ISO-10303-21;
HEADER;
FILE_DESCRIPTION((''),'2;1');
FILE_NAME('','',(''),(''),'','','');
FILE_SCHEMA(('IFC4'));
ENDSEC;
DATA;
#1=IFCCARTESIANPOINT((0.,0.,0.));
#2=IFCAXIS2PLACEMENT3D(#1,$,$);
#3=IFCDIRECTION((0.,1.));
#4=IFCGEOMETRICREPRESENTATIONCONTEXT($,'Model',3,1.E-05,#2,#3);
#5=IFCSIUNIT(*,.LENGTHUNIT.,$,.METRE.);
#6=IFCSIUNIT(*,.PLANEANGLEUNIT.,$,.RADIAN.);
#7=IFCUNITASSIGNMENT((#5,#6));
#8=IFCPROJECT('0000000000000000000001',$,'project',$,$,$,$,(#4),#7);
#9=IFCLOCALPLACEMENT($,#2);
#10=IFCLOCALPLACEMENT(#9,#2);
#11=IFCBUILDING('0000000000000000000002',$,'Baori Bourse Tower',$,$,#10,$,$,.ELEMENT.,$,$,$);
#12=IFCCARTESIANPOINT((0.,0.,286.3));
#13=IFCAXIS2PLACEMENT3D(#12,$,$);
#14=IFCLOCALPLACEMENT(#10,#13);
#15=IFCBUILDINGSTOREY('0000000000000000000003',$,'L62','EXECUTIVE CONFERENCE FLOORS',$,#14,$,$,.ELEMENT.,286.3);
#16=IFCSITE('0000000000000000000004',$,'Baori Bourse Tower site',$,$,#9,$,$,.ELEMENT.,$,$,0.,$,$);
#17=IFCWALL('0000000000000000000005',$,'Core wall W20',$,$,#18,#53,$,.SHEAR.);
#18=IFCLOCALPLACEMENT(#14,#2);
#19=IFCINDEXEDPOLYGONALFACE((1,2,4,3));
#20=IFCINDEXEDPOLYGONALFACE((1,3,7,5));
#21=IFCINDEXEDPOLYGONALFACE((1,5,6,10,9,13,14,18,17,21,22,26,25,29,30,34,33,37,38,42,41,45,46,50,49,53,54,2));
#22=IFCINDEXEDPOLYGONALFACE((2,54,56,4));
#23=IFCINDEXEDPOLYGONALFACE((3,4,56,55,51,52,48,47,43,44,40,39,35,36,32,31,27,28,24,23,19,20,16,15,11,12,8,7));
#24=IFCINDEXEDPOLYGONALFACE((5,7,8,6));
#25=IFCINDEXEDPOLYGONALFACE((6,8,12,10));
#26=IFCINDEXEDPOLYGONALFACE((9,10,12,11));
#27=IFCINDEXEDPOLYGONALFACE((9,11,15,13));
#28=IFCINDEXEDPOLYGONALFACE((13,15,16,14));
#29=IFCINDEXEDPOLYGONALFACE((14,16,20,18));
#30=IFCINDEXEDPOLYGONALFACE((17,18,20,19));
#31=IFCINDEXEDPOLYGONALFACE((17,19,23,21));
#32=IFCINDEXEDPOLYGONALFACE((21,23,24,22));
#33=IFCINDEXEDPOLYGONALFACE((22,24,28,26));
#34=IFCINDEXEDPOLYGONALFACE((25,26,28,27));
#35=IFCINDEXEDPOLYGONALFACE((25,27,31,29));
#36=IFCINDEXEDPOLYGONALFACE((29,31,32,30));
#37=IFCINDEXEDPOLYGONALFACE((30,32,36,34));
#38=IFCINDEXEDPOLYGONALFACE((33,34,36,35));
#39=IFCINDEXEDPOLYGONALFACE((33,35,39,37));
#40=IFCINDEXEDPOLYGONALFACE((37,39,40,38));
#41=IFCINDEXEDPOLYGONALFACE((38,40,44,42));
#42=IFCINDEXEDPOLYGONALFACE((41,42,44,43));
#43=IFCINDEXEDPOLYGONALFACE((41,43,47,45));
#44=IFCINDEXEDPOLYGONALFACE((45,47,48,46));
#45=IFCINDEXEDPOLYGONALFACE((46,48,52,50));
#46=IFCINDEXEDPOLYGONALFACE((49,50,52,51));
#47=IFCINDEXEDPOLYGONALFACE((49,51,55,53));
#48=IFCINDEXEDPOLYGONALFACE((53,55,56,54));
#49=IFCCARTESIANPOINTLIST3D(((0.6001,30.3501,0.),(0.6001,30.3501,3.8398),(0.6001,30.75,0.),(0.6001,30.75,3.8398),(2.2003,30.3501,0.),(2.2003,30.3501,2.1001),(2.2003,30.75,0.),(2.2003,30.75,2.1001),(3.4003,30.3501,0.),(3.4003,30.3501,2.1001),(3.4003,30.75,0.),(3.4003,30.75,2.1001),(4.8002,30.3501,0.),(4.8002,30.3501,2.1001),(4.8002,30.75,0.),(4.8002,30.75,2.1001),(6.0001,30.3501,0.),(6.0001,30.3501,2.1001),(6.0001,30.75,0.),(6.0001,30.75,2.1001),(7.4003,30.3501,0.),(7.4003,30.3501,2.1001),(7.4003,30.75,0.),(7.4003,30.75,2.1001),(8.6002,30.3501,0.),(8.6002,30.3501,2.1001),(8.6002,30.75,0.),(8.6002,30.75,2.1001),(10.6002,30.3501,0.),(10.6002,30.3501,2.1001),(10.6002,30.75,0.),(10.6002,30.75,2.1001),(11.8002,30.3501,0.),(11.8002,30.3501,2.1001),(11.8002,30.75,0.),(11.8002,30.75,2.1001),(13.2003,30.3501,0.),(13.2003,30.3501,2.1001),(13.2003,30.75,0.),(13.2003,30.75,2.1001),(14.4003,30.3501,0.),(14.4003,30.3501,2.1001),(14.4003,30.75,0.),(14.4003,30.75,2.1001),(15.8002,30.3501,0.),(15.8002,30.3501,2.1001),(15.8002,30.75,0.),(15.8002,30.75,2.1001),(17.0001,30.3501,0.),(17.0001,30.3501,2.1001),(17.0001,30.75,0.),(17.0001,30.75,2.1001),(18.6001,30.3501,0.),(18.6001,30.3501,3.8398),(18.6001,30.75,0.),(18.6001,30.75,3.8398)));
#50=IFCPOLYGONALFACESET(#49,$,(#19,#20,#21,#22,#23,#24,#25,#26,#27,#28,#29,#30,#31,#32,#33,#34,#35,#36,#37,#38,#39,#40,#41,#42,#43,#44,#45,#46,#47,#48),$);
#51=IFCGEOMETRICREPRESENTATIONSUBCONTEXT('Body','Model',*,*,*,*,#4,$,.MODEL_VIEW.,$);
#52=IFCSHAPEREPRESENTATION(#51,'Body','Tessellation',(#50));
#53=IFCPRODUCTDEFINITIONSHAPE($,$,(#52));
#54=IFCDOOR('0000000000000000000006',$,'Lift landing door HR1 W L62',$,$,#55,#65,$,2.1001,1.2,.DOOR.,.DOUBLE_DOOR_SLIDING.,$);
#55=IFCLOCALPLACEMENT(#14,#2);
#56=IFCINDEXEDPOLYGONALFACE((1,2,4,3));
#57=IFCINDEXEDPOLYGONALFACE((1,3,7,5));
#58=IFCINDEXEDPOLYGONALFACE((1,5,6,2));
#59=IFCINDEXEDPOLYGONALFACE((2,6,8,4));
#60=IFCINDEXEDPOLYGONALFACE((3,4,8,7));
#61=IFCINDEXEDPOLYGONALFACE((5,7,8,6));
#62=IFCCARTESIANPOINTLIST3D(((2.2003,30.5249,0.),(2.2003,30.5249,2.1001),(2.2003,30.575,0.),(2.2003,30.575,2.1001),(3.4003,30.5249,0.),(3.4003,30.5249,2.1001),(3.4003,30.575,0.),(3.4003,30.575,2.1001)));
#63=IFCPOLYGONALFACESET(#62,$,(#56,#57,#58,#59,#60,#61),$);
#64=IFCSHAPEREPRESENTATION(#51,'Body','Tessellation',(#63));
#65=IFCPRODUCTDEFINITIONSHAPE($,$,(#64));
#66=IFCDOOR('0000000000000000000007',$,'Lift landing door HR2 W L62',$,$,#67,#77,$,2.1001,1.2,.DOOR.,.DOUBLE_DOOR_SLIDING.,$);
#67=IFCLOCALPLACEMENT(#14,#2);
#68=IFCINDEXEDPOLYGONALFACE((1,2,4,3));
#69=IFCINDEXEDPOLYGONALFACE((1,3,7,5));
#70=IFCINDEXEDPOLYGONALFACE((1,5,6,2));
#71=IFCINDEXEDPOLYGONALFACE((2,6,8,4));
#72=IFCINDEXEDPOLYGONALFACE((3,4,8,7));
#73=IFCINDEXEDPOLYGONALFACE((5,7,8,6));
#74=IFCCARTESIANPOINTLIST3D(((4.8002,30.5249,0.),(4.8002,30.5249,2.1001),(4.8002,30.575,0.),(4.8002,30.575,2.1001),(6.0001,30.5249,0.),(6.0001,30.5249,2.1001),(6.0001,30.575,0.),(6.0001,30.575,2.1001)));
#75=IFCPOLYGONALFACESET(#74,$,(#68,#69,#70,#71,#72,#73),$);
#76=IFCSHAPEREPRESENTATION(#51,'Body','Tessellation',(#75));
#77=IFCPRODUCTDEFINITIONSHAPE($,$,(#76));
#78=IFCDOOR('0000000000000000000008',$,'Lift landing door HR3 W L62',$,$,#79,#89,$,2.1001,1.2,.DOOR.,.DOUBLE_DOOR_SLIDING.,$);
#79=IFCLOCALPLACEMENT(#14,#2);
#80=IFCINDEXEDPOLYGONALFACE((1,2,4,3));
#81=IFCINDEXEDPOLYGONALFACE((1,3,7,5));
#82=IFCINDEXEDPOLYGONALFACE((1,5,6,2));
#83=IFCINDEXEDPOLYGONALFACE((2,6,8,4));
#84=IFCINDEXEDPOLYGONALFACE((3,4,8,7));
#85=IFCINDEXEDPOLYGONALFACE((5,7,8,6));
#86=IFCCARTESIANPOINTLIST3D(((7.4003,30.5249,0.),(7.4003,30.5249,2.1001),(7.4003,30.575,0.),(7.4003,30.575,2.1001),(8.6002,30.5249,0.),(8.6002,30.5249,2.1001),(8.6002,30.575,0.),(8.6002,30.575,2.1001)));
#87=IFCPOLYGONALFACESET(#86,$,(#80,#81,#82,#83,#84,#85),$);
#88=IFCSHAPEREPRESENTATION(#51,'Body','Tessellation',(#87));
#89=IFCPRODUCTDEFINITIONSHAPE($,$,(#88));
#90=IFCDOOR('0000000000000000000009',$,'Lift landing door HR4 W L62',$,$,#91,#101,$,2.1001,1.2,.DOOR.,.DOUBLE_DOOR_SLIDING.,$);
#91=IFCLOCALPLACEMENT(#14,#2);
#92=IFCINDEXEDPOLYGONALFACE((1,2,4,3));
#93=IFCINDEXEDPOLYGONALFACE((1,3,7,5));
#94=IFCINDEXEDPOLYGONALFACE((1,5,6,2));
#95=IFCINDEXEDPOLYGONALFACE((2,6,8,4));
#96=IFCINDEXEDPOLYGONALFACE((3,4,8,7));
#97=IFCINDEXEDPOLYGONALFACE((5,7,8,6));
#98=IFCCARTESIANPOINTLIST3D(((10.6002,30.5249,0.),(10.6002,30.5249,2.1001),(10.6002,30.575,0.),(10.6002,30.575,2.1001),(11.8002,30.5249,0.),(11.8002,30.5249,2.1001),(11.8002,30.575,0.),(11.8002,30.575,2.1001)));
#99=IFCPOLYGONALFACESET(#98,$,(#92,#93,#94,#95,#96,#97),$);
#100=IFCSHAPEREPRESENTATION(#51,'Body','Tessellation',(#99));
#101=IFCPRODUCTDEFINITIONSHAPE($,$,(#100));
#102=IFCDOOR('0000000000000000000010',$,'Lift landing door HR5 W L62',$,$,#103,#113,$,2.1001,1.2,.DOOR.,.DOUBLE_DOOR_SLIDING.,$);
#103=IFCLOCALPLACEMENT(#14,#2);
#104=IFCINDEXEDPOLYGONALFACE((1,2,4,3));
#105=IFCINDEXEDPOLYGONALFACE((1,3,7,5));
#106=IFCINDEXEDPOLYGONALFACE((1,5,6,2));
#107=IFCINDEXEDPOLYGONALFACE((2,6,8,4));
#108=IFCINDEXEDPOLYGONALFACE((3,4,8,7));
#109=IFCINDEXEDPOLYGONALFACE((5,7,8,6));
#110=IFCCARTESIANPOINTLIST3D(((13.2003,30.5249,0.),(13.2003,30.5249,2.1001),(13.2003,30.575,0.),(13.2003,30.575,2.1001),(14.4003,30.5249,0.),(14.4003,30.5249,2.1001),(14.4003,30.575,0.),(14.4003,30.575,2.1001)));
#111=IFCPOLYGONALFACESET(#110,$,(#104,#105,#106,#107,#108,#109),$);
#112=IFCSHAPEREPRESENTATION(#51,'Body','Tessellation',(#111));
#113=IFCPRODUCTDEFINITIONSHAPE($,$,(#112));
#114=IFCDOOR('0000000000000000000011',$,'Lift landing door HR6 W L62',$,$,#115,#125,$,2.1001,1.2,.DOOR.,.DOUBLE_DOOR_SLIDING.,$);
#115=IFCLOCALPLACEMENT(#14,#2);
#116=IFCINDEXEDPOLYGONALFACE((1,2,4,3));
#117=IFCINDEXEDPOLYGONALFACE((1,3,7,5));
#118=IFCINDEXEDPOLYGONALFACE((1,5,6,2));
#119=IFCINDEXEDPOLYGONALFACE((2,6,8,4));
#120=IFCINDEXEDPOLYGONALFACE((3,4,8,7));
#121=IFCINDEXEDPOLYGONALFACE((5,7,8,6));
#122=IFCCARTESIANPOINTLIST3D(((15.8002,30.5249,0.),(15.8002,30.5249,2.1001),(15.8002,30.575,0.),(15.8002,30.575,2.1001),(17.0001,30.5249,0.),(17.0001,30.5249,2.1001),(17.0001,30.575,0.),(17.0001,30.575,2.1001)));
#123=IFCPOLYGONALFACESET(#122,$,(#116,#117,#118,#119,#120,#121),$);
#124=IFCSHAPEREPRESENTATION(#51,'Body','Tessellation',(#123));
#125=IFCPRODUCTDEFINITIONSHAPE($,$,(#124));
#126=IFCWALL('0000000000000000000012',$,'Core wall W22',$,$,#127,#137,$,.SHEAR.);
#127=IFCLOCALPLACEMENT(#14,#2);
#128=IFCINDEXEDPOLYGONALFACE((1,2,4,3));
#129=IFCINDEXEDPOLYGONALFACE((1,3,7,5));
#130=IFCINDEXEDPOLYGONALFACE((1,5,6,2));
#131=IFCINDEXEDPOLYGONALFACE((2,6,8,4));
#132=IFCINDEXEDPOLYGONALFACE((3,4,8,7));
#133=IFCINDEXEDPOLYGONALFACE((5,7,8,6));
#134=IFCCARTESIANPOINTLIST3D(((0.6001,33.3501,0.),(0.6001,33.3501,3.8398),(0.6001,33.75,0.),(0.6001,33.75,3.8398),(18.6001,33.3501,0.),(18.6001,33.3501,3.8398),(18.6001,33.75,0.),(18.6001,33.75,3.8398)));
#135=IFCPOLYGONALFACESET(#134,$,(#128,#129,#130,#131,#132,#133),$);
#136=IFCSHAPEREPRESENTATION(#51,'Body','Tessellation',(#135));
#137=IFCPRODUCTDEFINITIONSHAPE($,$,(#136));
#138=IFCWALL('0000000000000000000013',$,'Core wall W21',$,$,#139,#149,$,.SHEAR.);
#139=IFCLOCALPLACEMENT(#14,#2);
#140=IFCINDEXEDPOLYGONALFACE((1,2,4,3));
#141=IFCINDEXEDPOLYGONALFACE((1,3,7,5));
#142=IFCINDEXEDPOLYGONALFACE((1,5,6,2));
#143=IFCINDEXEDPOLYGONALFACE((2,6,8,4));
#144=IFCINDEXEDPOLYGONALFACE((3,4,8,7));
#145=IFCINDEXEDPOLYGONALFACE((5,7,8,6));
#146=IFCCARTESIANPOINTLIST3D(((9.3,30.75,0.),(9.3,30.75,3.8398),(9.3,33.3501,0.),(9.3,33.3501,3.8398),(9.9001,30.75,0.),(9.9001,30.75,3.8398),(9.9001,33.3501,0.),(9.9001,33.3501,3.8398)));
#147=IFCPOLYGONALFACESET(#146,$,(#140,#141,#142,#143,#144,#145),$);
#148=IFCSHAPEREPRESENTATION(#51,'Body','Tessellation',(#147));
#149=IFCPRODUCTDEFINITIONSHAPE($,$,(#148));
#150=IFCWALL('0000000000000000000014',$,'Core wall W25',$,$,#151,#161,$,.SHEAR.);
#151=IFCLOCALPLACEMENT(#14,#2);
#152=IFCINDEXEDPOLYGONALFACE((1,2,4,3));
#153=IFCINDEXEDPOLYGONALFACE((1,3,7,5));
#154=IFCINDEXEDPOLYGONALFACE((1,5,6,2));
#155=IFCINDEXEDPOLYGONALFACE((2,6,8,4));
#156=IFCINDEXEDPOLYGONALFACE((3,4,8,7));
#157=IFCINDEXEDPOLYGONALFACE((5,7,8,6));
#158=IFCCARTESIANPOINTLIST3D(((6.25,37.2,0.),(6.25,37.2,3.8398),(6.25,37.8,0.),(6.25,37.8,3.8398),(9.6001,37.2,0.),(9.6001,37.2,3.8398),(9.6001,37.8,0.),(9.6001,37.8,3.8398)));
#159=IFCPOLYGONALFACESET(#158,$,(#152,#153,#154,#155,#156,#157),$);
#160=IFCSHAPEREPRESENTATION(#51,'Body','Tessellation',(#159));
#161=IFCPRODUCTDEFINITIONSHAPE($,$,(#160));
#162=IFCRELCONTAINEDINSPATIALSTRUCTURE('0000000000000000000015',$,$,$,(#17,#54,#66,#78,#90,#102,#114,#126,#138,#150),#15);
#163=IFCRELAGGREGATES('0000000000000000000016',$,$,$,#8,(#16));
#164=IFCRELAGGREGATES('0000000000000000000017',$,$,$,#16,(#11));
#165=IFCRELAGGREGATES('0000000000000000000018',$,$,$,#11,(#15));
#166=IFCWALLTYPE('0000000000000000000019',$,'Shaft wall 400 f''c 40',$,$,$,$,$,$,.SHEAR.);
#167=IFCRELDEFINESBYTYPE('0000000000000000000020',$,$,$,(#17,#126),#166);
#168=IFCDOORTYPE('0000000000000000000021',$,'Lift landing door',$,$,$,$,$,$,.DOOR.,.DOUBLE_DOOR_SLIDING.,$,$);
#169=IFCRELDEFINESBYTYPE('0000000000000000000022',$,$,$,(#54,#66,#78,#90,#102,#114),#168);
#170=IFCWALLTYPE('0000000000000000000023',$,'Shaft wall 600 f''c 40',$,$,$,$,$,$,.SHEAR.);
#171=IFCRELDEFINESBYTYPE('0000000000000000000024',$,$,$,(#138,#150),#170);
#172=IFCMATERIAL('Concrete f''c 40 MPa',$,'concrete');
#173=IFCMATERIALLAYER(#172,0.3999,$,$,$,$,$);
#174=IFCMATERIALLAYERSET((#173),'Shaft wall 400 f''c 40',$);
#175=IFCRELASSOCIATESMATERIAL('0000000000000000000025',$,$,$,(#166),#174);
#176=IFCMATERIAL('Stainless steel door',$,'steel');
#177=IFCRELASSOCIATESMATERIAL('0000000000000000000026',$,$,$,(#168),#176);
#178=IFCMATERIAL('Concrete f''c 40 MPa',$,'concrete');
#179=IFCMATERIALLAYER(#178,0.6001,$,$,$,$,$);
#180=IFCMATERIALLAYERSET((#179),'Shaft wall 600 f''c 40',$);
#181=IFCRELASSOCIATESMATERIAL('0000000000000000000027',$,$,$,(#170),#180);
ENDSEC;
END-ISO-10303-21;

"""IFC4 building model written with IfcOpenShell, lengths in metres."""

from ifc_helpers import new_model, si_unit, direction, frame, frame_2d, origin, place, context, subcontext, project, spatial, rectangle, extrude, material, layer, layer_set, type_object, element, fill, save


model = new_model("IFC4")

# Units and contexts
model_context = context("Model", 3, precision=1e-05, world=origin(), true_north=direction((0.0, 1.0)))
body_context = subcontext(model_context, "Body", "Model", "MODEL_VIEW")
ifc_project = project(units=[si_unit("LENGTHUNIT", "METRE"), si_unit("PLANEANGLEUNIT", "RADIAN")], contexts=[model_context])

# Site, building, storey
site_placement = place(None, origin())
site = spatial("IfcSite", under=ifc_project, at=site_placement, Name="Baori Bourse Tower site", CompositionType="ELEMENT", RefElevation=0.0)
building_placement = place(site_placement, origin())
building = spatial("IfcBuilding", under=site, at=building_placement, Name="Baori Bourse Tower", CompositionType="ELEMENT")
storey_placement = place(building_placement, frame((0.0, 0.0, 286.3)))
storey = spatial("IfcBuildingStorey", under=building, at=storey_placement, Name="L62", Description="EXECUTIVE CONFERENCE FLOORS", CompositionType="ELEMENT", Elevation=286.3)

# Wall, openings, doors
ifc_material_1 = material(Name="Concrete f'c 40 MPa", Category="concrete")
ifc_layer_1 = layer(ifc_material_1, 0.3999)
ifc_layer_set_1 = layer_set([ifc_layer_1], Name="Shaft wall 400 f'c 40")
wall_type_1 = type_object("IfcWallType", Name="Shaft wall 400 f'c 40", PredefinedType="SHEAR", material=ifc_layer_set_1)
ifc_material_2 = material(Name="Stainless steel door", Category="steel")
door_type_1 = type_object("IfcDoorType", Name="Lift landing door", OperationType="DOUBLE_DOOR_SLIDING", PredefinedType="DOOR", material=ifc_material_2)
wall_1_placement = place(storey_placement, frame((0.6001, 30.55, 0.0), z_axis=(0.0, 0.0, 1.0), x_axis=(1.0, 0.0, 0.0)))
wall_1 = element("IfcWall", 1, at=wall_1_placement, inside=storey, type_object=wall_type_1, Name="Core wall W20", PredefinedType="SHEAR", context=body_context, shape_type="SweptSolid", body=[
    extrude(rectangle(XDim=18.0, YDim=0.3999, at=frame_2d((9.0, 0.0))), origin(), (0.0, 0.0, 1.0), 3.8398),
])
opening_1_placement = place(wall_1_placement, frame((1.6001, 0.0, 0.0)))
opening_1 = element("IfcOpeningElement", 2, at=opening_1_placement, cuts=wall_1, PredefinedType="OPENING", context=body_context, shape_type="SweptSolid", body=[
    extrude(rectangle(XDim=1.2, YDim=2.1001, at=frame_2d((0.6001, 1.05))), frame((0.0, 0.21, 0.0), z_axis=(0.0, -1.0, 0.0), x_axis=(1.0, 0.0, 0.0)), (0.0, 0.0, 1.0), 0.4199),
])
opening_2_placement = place(wall_1_placement, frame((4.2, 0.0, 0.0)))
opening_2 = element("IfcOpeningElement", 3, at=opening_2_placement, cuts=wall_1, PredefinedType="OPENING", context=body_context, shape_type="SweptSolid", body=[
    extrude(rectangle(XDim=1.2, YDim=2.1001, at=frame_2d((0.6001, 1.05))), frame((0.0, 0.21, 0.0), z_axis=(0.0, -1.0, 0.0), x_axis=(1.0, 0.0, 0.0)), (0.0, 0.0, 1.0), 0.4199),
])
opening_3_placement = place(wall_1_placement, frame((6.8, 0.0, 0.0)))
opening_3 = element("IfcOpeningElement", 4, at=opening_3_placement, cuts=wall_1, PredefinedType="OPENING", context=body_context, shape_type="SweptSolid", body=[
    extrude(rectangle(XDim=1.2, YDim=2.1001, at=frame_2d((0.6001, 1.05))), frame((0.0, 0.21, 0.0), z_axis=(0.0, -1.0, 0.0), x_axis=(1.0, 0.0, 0.0)), (0.0, 0.0, 1.0), 0.4199),
])
opening_4_placement = place(wall_1_placement, frame((10.0, 0.0, 0.0)))
opening_4 = element("IfcOpeningElement", 5, at=opening_4_placement, cuts=wall_1, PredefinedType="OPENING", context=body_context, shape_type="SweptSolid", body=[
    extrude(rectangle(XDim=1.2, YDim=2.1001, at=frame_2d((0.6001, 1.05))), frame((0.0, 0.21, 0.0), z_axis=(0.0, -1.0, 0.0), x_axis=(1.0, 0.0, 0.0)), (0.0, 0.0, 1.0), 0.4199),
])
opening_5_placement = place(wall_1_placement, frame((12.6001, 0.0, 0.0)))
opening_5 = element("IfcOpeningElement", 6, at=opening_5_placement, cuts=wall_1, PredefinedType="OPENING", context=body_context, shape_type="SweptSolid", body=[
    extrude(rectangle(XDim=1.2, YDim=2.1001, at=frame_2d((0.6001, 1.05))), frame((0.0, 0.21, 0.0), z_axis=(0.0, -1.0, 0.0), x_axis=(1.0, 0.0, 0.0)), (0.0, 0.0, 1.0), 0.4199),
])
opening_6_placement = place(wall_1_placement, frame((15.2, 0.0, 0.0)))
opening_6 = element("IfcOpeningElement", 7, at=opening_6_placement, cuts=wall_1, PredefinedType="OPENING", context=body_context, shape_type="SweptSolid", body=[
    extrude(rectangle(XDim=1.2, YDim=2.1001, at=frame_2d((0.6001, 1.05))), frame((0.0, 0.21, 0.0), z_axis=(0.0, -1.0, 0.0), x_axis=(1.0, 0.0, 0.0)), (0.0, 0.0, 1.0), 0.4199),
])
door_1_placement = place(opening_1_placement, origin())
door_1 = element("IfcDoor", 8, at=door_1_placement, inside=storey, type_object=door_type_1, Name="Lift landing door HR1 W L62", OperationType="DOUBLE_DOOR_SLIDING", OverallHeight=2.1001, OverallWidth=1.2, PredefinedType="DOOR", context=body_context, shape_type="SweptSolid", body=[
    extrude(rectangle(XDim=1.2, YDim=2.1001, at=frame_2d((0.6001, 1.05))), frame((0.0, 0.0249, 0.0), z_axis=(0.0, -1.0, 0.0), x_axis=(1.0, 0.0, 0.0)), (0.0, 0.0, 1.0), 0.05),
])
fill(opening_1, door_1)
door_2_placement = place(opening_2_placement, origin())
door_2 = element("IfcDoor", 9, at=door_2_placement, inside=storey, type_object=door_type_1, Name="Lift landing door HR2 W L62", OperationType="DOUBLE_DOOR_SLIDING", OverallHeight=2.1001, OverallWidth=1.2, PredefinedType="DOOR", context=body_context, shape_type="SweptSolid", body=[
    extrude(rectangle(XDim=1.2, YDim=2.1001, at=frame_2d((0.6001, 1.05))), frame((0.0, 0.0249, 0.0), z_axis=(0.0, -1.0, 0.0), x_axis=(1.0, 0.0, 0.0)), (0.0, 0.0, 1.0), 0.05),
])
fill(opening_2, door_2)
door_3_placement = place(opening_3_placement, origin())
door_3 = element("IfcDoor", 10, at=door_3_placement, inside=storey, type_object=door_type_1, Name="Lift landing door HR3 W L62", OperationType="DOUBLE_DOOR_SLIDING", OverallHeight=2.1001, OverallWidth=1.2, PredefinedType="DOOR", context=body_context, shape_type="SweptSolid", body=[
    extrude(rectangle(XDim=1.2, YDim=2.1001, at=frame_2d((0.6001, 1.05))), frame((0.0, 0.0249, 0.0), z_axis=(0.0, -1.0, 0.0), x_axis=(1.0, 0.0, 0.0)), (0.0, 0.0, 1.0), 0.05),
])
fill(opening_3, door_3)
door_4_placement = place(opening_4_placement, origin())
door_4 = element("IfcDoor", 11, at=door_4_placement, inside=storey, type_object=door_type_1, Name="Lift landing door HR4 W L62", OperationType="DOUBLE_DOOR_SLIDING", OverallHeight=2.1001, OverallWidth=1.2, PredefinedType="DOOR", context=body_context, shape_type="SweptSolid", body=[
    extrude(rectangle(XDim=1.2, YDim=2.1001, at=frame_2d((0.6001, 1.05))), frame((0.0, 0.0249, 0.0), z_axis=(0.0, -1.0, 0.0), x_axis=(1.0, 0.0, 0.0)), (0.0, 0.0, 1.0), 0.05),
])
fill(opening_4, door_4)
door_5_placement = place(opening_5_placement, origin())
door_5 = element("IfcDoor", 12, at=door_5_placement, inside=storey, type_object=door_type_1, Name="Lift landing door HR5 W L62", OperationType="DOUBLE_DOOR_SLIDING", OverallHeight=2.1001, OverallWidth=1.2, PredefinedType="DOOR", context=body_context, shape_type="SweptSolid", body=[
    extrude(rectangle(XDim=1.2, YDim=2.1001, at=frame_2d((0.6001, 1.05))), frame((0.0, 0.0249, 0.0), z_axis=(0.0, -1.0, 0.0), x_axis=(1.0, 0.0, 0.0)), (0.0, 0.0, 1.0), 0.05),
])
fill(opening_5, door_5)
door_6_placement = place(opening_6_placement, origin())
door_6 = element("IfcDoor", 13, at=door_6_placement, inside=storey, type_object=door_type_1, Name="Lift landing door HR6 W L62", OperationType="DOUBLE_DOOR_SLIDING", OverallHeight=2.1001, OverallWidth=1.2, PredefinedType="DOOR", context=body_context, shape_type="SweptSolid", body=[
    extrude(rectangle(XDim=1.2, YDim=2.1001, at=frame_2d((0.6001, 1.05))), frame((0.0, 0.0249, 0.0), z_axis=(0.0, -1.0, 0.0), x_axis=(1.0, 0.0, 0.0)), (0.0, 0.0, 1.0), 0.05),
])
fill(opening_6, door_6)

# Walls
wall_2_placement = place(storey_placement, frame((0.6001, 33.55, 0.0), z_axis=(0.0, 0.0, 1.0), x_axis=(1.0, 0.0, 0.0)))
element("IfcWall", 14, at=wall_2_placement, inside=storey, type_object=wall_type_1, Name="Core wall W22", PredefinedType="SHEAR", context=body_context, shape_type="SweptSolid", body=[
    extrude(rectangle(XDim=18.0, YDim=0.3999, at=frame_2d((9.0, 0.0))), origin(), (0.0, 0.0, 1.0), 3.8398),
])
ifc_material_3 = material(Name="Concrete f'c 40 MPa", Category="concrete")
ifc_layer_2 = layer(ifc_material_3, 0.6001)
ifc_layer_set_2 = layer_set([ifc_layer_2], Name="Shaft wall 600 f'c 40")
wall_type_2 = type_object("IfcWallType", Name="Shaft wall 600 f'c 40", PredefinedType="SHEAR", material=ifc_layer_set_2)
wall_3_placement = place(storey_placement, frame((9.6001, 30.75, 0.0), z_axis=(0.0, 0.0, 1.0), x_axis=(0.0, 1.0, 0.0)))
element("IfcWall", 15, at=wall_3_placement, inside=storey, type_object=wall_type_2, Name="Core wall W21", PredefinedType="SHEAR", context=body_context, shape_type="SweptSolid", body=[
    extrude(rectangle(XDim=2.6001, YDim=0.6001, at=frame_2d((1.3, 0.0))), origin(), (0.0, 0.0, 1.0), 3.8398),
])
wall_4_placement = place(storey_placement, frame((6.25, 37.5, 0.0), z_axis=(0.0, 0.0, 1.0), x_axis=(1.0, 0.0, 0.0)))
element("IfcWall", 16, at=wall_4_placement, inside=storey, type_object=wall_type_2, Name="Core wall W25", PredefinedType="SHEAR", context=body_context, shape_type="SweptSolid", body=[
    extrude(rectangle(XDim=3.3501, YDim=0.6001, at=frame_2d((1.675, 0.0))), origin(), (0.0, 0.0, 1.0), 3.8398),
])

save(model, "model.ifc")
